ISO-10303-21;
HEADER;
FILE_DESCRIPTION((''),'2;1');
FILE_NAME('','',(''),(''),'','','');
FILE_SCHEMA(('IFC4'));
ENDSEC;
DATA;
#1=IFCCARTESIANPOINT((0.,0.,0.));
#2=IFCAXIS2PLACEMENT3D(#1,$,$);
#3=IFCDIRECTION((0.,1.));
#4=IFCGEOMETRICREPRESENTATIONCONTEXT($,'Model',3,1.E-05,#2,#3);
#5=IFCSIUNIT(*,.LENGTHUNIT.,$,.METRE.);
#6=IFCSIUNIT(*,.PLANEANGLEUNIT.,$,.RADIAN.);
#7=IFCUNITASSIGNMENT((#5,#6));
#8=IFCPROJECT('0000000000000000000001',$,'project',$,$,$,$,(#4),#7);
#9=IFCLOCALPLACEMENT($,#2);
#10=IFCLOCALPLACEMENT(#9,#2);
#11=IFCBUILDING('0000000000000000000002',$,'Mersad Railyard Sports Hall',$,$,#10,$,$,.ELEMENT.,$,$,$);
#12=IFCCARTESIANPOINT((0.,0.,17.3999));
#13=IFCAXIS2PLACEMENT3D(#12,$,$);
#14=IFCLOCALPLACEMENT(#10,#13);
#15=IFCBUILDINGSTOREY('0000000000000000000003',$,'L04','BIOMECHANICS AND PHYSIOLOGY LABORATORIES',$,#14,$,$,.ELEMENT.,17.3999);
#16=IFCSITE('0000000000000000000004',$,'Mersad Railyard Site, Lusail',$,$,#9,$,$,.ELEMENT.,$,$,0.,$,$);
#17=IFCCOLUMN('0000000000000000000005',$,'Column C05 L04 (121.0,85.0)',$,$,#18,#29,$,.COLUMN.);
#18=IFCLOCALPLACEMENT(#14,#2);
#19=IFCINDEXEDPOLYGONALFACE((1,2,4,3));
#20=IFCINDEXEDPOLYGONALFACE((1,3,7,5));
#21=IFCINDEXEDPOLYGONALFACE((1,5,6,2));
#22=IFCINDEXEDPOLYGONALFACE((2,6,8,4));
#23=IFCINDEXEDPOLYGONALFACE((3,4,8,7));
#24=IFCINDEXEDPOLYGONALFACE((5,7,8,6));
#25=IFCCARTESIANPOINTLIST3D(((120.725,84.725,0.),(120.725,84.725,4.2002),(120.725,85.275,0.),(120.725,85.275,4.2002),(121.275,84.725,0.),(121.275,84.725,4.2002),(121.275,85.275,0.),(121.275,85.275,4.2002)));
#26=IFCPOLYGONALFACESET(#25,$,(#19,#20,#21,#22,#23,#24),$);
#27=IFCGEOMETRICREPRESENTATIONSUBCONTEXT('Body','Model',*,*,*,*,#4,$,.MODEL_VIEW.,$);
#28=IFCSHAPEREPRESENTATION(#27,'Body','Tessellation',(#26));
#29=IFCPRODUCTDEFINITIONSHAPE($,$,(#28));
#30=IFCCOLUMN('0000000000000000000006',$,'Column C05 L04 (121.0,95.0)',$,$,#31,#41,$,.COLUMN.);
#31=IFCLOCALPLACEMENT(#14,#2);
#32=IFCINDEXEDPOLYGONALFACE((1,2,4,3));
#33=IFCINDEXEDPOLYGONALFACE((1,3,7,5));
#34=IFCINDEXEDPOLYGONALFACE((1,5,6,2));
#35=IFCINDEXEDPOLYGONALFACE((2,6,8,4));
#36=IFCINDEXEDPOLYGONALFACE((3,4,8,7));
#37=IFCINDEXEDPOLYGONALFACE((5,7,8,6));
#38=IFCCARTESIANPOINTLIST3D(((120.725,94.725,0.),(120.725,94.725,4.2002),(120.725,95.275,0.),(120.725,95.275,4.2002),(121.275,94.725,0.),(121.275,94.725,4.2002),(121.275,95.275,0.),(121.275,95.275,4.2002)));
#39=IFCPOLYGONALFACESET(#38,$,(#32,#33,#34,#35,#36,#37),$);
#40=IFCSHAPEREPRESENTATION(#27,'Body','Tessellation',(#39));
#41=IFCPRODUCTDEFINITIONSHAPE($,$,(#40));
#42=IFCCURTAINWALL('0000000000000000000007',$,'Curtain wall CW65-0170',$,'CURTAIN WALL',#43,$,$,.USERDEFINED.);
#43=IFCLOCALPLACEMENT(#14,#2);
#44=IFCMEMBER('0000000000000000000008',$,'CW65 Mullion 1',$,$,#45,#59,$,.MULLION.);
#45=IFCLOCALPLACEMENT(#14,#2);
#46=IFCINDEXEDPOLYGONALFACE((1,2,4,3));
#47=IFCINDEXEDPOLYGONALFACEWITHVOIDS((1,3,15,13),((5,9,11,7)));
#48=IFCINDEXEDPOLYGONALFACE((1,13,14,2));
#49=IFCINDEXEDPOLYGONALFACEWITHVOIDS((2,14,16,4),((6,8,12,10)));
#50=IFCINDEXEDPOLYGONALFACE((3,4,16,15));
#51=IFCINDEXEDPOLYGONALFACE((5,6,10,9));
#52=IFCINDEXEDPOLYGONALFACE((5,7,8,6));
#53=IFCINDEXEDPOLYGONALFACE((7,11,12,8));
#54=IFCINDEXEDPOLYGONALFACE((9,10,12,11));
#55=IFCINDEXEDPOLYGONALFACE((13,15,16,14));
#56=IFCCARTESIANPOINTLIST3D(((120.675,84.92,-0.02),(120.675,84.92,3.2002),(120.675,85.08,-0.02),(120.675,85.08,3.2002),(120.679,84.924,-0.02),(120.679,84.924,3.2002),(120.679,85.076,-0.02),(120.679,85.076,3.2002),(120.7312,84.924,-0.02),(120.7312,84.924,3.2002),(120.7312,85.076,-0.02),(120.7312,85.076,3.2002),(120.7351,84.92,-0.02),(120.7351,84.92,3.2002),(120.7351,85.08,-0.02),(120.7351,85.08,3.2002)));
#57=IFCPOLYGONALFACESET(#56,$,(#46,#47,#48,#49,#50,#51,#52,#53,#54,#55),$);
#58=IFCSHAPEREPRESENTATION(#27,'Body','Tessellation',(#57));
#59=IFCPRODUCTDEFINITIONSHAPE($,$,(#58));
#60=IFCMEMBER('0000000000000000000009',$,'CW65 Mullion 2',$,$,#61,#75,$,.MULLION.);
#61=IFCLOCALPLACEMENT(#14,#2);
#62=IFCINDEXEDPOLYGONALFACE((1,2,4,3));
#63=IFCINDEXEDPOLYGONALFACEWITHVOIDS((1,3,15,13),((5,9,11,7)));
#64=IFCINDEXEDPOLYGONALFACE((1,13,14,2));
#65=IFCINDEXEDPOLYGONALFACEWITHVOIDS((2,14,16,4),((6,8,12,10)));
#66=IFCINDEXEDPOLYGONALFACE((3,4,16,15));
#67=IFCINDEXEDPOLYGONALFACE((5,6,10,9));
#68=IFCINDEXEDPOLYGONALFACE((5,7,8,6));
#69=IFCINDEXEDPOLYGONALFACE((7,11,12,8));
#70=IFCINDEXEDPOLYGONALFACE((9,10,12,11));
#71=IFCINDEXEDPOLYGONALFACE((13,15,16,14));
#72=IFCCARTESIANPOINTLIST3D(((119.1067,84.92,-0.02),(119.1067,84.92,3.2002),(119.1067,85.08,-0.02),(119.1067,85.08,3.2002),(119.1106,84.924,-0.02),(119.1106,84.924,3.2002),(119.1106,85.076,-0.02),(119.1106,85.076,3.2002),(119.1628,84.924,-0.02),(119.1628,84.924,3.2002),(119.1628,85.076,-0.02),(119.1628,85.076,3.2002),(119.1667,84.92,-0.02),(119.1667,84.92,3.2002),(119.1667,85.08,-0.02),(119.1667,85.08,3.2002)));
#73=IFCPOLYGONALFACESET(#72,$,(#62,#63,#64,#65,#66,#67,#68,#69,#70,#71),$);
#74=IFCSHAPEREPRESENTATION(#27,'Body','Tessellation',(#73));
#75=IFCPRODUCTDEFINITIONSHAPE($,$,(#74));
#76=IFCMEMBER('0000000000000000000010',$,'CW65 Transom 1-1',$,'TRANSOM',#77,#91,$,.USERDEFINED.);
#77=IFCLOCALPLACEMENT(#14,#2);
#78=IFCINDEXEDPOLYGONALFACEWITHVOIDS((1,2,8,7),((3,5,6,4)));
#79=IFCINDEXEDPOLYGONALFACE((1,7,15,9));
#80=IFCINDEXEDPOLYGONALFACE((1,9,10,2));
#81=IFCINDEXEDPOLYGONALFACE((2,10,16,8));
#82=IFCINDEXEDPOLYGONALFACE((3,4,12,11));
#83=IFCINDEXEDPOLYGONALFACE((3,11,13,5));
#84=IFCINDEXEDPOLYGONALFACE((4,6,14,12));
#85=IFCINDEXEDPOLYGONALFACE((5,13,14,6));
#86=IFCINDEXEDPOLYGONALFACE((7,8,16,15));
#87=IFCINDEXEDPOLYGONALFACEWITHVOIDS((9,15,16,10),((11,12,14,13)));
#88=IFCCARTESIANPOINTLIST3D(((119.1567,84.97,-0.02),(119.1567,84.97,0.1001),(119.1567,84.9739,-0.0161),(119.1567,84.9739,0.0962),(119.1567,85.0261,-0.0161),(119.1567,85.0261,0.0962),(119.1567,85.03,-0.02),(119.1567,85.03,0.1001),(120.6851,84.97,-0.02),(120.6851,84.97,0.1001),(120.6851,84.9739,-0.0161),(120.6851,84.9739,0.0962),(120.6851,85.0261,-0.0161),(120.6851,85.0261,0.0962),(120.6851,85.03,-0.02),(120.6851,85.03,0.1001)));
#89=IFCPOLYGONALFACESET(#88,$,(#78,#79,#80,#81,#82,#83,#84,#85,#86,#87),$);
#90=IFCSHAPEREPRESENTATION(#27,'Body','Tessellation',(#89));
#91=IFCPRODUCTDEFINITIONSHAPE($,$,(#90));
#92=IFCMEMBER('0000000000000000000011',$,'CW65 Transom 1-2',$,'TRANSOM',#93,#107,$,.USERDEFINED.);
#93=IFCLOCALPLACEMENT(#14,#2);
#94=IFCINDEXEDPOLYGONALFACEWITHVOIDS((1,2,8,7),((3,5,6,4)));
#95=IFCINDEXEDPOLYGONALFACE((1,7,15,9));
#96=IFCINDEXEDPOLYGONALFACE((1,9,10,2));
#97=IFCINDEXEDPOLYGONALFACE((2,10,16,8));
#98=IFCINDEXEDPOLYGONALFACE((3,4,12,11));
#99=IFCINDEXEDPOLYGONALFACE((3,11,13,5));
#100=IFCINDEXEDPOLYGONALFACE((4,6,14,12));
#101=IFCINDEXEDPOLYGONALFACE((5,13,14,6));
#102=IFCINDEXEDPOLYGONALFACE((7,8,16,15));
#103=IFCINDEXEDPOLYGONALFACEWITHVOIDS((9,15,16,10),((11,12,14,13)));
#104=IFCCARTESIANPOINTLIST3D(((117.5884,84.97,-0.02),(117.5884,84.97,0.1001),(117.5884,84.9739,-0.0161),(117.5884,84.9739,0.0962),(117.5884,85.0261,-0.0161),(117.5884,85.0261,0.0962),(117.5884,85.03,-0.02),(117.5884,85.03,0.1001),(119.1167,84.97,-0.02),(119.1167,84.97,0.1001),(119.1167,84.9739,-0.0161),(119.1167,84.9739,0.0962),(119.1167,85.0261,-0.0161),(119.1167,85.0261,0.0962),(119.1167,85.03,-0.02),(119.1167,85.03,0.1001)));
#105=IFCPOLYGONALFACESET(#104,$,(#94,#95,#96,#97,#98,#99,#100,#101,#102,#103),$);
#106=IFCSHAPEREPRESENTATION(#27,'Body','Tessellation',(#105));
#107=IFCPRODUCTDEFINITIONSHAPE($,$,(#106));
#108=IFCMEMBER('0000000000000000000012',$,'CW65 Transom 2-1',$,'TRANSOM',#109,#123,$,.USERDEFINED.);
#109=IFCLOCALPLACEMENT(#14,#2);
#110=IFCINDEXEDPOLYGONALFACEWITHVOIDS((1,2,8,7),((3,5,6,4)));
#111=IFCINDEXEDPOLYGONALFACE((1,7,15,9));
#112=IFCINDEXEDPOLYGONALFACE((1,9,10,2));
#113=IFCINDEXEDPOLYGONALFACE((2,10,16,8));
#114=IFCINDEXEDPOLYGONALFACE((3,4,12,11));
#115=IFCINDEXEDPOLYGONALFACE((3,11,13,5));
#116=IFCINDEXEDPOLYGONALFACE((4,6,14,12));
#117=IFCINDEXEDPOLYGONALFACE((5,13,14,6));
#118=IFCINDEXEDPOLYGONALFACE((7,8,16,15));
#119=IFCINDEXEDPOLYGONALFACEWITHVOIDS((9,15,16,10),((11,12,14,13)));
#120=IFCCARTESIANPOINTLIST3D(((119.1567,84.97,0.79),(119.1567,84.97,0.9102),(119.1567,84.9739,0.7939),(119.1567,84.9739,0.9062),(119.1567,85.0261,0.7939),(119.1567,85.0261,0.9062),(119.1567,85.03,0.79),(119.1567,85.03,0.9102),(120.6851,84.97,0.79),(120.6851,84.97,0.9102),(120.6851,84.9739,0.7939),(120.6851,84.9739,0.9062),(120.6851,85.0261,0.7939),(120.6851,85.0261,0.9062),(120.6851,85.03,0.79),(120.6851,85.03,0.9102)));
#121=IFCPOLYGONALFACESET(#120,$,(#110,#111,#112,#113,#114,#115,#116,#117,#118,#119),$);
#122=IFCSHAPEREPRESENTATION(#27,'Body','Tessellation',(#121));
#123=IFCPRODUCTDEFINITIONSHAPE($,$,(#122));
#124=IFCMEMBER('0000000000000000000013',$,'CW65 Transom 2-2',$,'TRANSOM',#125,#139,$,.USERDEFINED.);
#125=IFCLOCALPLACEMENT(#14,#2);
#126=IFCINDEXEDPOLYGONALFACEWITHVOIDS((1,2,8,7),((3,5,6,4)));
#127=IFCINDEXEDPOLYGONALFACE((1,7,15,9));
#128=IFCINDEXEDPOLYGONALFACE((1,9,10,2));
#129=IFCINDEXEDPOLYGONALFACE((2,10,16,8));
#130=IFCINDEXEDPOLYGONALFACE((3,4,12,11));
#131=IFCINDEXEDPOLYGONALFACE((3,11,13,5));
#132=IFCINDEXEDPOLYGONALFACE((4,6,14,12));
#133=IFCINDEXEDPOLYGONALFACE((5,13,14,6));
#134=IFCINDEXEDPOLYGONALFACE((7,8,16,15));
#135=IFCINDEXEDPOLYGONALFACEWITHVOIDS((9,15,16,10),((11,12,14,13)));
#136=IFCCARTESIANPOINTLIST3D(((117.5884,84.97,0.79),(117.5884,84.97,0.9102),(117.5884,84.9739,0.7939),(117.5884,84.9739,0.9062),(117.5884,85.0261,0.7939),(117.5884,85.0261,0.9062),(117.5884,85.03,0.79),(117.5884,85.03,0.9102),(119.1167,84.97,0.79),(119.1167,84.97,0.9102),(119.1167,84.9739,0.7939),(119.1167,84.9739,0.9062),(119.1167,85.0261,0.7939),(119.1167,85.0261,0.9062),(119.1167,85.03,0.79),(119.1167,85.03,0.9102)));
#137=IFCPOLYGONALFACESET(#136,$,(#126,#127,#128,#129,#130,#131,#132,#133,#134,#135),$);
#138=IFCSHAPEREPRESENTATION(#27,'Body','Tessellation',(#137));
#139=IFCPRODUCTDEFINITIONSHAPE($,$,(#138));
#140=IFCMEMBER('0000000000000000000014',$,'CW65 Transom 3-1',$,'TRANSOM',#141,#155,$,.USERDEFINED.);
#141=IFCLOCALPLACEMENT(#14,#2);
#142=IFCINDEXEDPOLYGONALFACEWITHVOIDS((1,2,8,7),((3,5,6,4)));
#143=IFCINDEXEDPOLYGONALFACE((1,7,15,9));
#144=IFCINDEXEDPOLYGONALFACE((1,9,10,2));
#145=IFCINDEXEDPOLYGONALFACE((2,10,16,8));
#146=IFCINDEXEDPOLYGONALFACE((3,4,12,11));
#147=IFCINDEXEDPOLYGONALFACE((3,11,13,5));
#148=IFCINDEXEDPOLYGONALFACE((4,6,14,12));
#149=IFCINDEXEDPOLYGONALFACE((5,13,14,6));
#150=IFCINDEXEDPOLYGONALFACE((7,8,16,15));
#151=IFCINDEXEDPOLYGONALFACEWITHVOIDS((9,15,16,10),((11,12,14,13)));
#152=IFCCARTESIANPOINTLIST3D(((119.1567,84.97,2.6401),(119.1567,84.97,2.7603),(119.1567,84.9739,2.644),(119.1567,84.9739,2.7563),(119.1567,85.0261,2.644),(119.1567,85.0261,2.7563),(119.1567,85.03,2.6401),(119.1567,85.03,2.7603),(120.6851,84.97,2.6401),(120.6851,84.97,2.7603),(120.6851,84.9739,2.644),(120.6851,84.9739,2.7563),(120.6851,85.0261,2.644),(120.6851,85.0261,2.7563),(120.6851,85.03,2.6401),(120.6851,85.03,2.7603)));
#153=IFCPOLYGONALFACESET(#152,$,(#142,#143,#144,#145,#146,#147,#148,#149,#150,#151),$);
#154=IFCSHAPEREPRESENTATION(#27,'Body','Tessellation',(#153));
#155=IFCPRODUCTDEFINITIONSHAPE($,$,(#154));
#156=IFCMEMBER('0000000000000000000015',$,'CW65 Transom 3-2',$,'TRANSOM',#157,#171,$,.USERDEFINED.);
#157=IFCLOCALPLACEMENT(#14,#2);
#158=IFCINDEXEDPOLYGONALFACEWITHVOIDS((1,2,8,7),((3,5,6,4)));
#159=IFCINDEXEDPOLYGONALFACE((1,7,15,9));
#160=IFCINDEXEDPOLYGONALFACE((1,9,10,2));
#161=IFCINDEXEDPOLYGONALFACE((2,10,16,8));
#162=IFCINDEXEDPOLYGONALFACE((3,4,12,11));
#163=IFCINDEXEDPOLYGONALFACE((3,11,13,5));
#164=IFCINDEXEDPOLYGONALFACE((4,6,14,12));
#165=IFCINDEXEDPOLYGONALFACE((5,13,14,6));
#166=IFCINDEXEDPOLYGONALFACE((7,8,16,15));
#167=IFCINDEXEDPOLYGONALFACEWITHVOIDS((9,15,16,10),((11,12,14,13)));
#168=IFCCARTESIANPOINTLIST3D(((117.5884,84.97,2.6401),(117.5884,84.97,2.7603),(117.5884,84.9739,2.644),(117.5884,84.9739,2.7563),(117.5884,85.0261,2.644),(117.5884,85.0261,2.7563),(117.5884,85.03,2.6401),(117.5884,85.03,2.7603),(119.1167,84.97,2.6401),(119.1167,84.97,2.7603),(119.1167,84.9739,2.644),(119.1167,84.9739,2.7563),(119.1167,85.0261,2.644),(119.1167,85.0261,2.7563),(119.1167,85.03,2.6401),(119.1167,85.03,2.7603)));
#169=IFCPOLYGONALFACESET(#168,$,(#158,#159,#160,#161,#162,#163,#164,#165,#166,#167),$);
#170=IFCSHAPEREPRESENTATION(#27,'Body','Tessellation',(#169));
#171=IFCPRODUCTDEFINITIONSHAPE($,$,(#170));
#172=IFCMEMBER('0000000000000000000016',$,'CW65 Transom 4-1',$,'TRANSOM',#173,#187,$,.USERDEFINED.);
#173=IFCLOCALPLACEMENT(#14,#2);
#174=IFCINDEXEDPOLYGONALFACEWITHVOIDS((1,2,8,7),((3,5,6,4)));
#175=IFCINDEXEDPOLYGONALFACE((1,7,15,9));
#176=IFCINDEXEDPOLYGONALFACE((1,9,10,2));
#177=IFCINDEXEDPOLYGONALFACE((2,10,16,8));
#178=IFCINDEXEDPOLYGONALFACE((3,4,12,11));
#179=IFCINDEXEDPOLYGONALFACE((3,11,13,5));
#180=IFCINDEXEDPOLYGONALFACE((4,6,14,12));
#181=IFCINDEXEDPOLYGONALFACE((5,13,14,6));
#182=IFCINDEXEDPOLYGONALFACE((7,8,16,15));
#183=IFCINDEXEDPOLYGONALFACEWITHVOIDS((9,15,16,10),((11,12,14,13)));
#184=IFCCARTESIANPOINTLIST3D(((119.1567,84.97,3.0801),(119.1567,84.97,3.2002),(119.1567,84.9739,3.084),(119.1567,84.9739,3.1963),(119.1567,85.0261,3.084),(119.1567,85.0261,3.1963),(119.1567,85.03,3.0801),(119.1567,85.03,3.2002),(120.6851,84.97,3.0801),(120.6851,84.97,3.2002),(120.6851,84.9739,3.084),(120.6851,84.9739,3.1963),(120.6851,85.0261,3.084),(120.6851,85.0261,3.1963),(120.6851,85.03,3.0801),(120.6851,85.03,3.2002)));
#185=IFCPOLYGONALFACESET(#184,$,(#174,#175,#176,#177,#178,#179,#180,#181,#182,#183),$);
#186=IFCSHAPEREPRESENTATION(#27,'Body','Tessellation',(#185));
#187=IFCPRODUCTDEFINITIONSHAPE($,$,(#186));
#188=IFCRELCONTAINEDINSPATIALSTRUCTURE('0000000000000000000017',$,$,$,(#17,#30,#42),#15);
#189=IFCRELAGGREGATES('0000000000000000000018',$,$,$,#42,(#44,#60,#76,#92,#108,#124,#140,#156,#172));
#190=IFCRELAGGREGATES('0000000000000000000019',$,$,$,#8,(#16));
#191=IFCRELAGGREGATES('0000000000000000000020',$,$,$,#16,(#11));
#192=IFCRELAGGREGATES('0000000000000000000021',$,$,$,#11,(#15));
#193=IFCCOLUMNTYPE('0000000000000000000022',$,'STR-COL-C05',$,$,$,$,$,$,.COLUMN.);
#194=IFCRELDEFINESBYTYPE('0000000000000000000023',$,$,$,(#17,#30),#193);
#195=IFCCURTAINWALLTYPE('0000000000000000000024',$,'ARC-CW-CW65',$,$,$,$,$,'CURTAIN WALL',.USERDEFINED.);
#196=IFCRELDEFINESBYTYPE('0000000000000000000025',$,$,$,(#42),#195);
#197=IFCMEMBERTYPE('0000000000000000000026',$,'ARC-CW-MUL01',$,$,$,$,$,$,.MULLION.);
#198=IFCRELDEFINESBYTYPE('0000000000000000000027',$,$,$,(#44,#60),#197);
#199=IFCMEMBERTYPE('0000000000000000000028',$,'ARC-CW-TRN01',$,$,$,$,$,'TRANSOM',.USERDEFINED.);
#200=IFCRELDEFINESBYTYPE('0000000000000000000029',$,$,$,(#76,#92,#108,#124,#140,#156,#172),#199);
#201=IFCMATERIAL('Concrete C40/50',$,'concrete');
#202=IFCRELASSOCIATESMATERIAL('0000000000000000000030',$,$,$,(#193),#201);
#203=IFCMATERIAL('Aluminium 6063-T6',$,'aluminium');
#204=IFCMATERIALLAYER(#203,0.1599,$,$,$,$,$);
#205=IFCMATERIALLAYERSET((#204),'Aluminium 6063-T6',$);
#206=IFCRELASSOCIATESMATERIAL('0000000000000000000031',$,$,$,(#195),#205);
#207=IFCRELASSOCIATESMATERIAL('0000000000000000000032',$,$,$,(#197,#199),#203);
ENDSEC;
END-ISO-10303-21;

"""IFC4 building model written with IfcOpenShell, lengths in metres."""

from ifc_helpers import new_model, si_unit, direction, frame, origin, origin_2d, place, context, subcontext, project, spatial, rectangle, hollow_rectangle, extrude, material, layer, layer_set, material_profile, profile_set, type_object, element, aggregate, save


model = new_model("IFC4")

# Units and contexts
model_context = context("Model", 3, precision=1e-05, world=origin(), true_north=direction((0.0, 1.0)))
body_context = subcontext(model_context, "Body", "Model", "MODEL_VIEW")
ifc_project = project(units=[si_unit("LENGTHUNIT", "METRE"), si_unit("PLANEANGLEUNIT", "RADIAN")], contexts=[model_context])

# Site, building, storey
site_placement = place(None, origin())
site = spatial("IfcSite", under=ifc_project, at=site_placement, Name="Mersad Railyard Site, Lusail", CompositionType="ELEMENT", RefElevation=0.0)
building_placement = place(site_placement, origin())
building = spatial("IfcBuilding", under=site, at=building_placement, Name="Mersad Railyard Sports Hall", CompositionType="ELEMENT")
storey_placement = place(building_placement, frame((0.0, 0.0, 17.3999)))
storey = spatial("IfcBuildingStorey", under=building, at=storey_placement, Name="L04", Description="BIOMECHANICS AND PHYSIOLOGY LABORATORIES", CompositionType="ELEMENT", Elevation=17.3999)

# Columns
ifc_material_1 = material(Name="Concrete C40/50", Category="concrete")
ifc_material_profile_1 = material_profile(ifc_material_1, rectangle(XDim=0.55, YDim=0.55, at=origin_2d()), Name="RC 550x550")
ifc_profile_set_1 = profile_set([ifc_material_profile_1], Name="Concrete C40/50")
column_type = type_object("IfcColumnType", Name="STR-COL-C05", PredefinedType="COLUMN", material=ifc_profile_set_1)
for number, where, z_axis, x_axis, name in (
    (1, (121.0, 85.0, 0.0), (0.0, 0.0, 1.0), (1.0, 0.0, 0.0), "Column C05 L04 (121.0,85.0)"),
    (2, (121.0, 95.0, 0.0), (0.0, 0.0, 1.0), (1.0, 0.0, 0.0), "Column C05 L04 (121.0,95.0)"),
):
    element("IfcColumn", number, at=place(storey_placement, frame(where, z_axis=z_axis, x_axis=x_axis)), inside=storey, type_object=column_type, Name=name, PredefinedType="COLUMN", context=body_context, shape_type="SweptSolid", body=[
        extrude(rectangle(XDim=0.55, YDim=0.55, at=origin_2d()), origin(), (0.0, 0.0, 1.0), 4.2002),
    ])

# Curtain wall, members
ifc_material_2 = material(Name="Aluminium 6063-T6", Category="aluminium")
ifc_layer_1 = layer(ifc_material_2, 0.1599)
ifc_layer_set_1 = layer_set([ifc_layer_1], Name="Aluminium 6063-T6")
curtain_wall_type = type_object("IfcCurtainWallType", Name="ARC-CW-CW65", ElementType="CURTAIN WALL", PredefinedType="USERDEFINED", material=ifc_layer_set_1)
curtain_wall_placement = place(storey_placement, origin())
curtain_wall = element("IfcCurtainWall", 3, at=curtain_wall_placement, inside=storey, type_object=curtain_wall_type, Name="Curtain wall CW65-0170", ObjectType="CURTAIN WALL", PredefinedType="USERDEFINED")
ifc_material_profile_2 = material_profile(ifc_material_2, hollow_rectangle(XDim=0.0601, YDim=0.1599, WallThickness=0.0039, at=origin_2d()), Name="AL MULLION 60x160x4")
ifc_profile_set_2 = profile_set([ifc_material_profile_2], Name="Aluminium 6063-T6")
member_type_1 = type_object("IfcMemberType", Name="ARC-CW-MUL01", PredefinedType="MULLION", material=ifc_profile_set_2)
member_1_placement = place(storey_placement, frame((120.7051, 85.0, -0.02), z_axis=(0.0, 0.0, 1.0), x_axis=(1.0, 0.0, 0.0)))
member_1 = element("IfcMember", 4, at=member_1_placement, type_object=member_type_1, Name="CW65 Mullion 1", PredefinedType="MULLION", context=body_context, shape_type="SweptSolid", body=[
    extrude(hollow_rectangle(XDim=0.0601, YDim=0.1599, WallThickness=0.0039, at=origin_2d()), origin(), (0.0, 0.0, 1.0), 3.2202),
])
member_2_placement = place(storey_placement, frame((119.1367, 85.0, -0.02), z_axis=(0.0, 0.0, 1.0), x_axis=(1.0, 0.0, 0.0)))
member_2 = element("IfcMember", 5, at=member_2_placement, type_object=member_type_1, Name="CW65 Mullion 2", PredefinedType="MULLION", context=body_context, shape_type="SweptSolid", body=[
    extrude(hollow_rectangle(XDim=0.0601, YDim=0.1599, WallThickness=0.0039, at=origin_2d()), origin(), (0.0, 0.0, 1.0), 3.2202),
])
ifc_material_profile_3 = material_profile(ifc_material_2, hollow_rectangle(XDim=0.0601, YDim=0.1201, WallThickness=0.0039, at=origin_2d()), Name="AL TRANSOM 60x120x4")
ifc_profile_set_3 = profile_set([ifc_material_profile_3], Name="Aluminium 6063-T6")
member_type_2 = type_object("IfcMemberType", Name="ARC-CW-TRN01", ElementType="TRANSOM", PredefinedType="USERDEFINED", material=ifc_profile_set_3)
member_3_placement = place(storey_placement, frame((120.6851, 85.0, 0.04), z_axis=(-1.0, 0.0, 0.0), x_axis=(0.0, -1.0, 0.0)))
member_3 = element("IfcMember", 6, at=member_3_placement, type_object=member_type_2, Name="CW65 Transom 1-1", ObjectType="TRANSOM", PredefinedType="USERDEFINED", context=body_context, shape_type="SweptSolid", body=[
    extrude(hollow_rectangle(XDim=0.0601, YDim=0.1201, WallThickness=0.0039, at=origin_2d()), origin(), (0.0, 0.0, 1.0), 1.5283),
])
member_4_placement = place(storey_placement, frame((119.1167, 85.0, 0.04), z_axis=(-1.0, 0.0, 0.0), x_axis=(0.0, -1.0, 0.0)))
member_4 = element("IfcMember", 7, at=member_4_placement, type_object=member_type_2, Name="CW65 Transom 1-2", ObjectType="TRANSOM", PredefinedType="USERDEFINED", context=body_context, shape_type="SweptSolid", body=[
    extrude(hollow_rectangle(XDim=0.0601, YDim=0.1201, WallThickness=0.0039, at=origin_2d()), origin(), (0.0, 0.0, 1.0), 1.5283),
])
member_5_placement = place(storey_placement, frame((120.6851, 85.0, 0.8501), z_axis=(-1.0, 0.0, 0.0), x_axis=(0.0, -1.0, 0.0)))
member_5 = element("IfcMember", 8, at=member_5_placement, type_object=member_type_2, Name="CW65 Transom 2-1", ObjectType="TRANSOM", PredefinedType="USERDEFINED", context=body_context, shape_type="SweptSolid", body=[
    extrude(hollow_rectangle(XDim=0.0601, YDim=0.1201, WallThickness=0.0039, at=origin_2d()), origin(), (0.0, 0.0, 1.0), 1.5283),
])
member_6_placement = place(storey_placement, frame((119.1167, 85.0, 0.8501), z_axis=(-1.0, 0.0, 0.0), x_axis=(0.0, -1.0, 0.0)))
member_6 = element("IfcMember", 9, at=member_6_placement, type_object=member_type_2, Name="CW65 Transom 2-2", ObjectType="TRANSOM", PredefinedType="USERDEFINED", context=body_context, shape_type="SweptSolid", body=[
    extrude(hollow_rectangle(XDim=0.0601, YDim=0.1201, WallThickness=0.0039, at=origin_2d()), origin(), (0.0, 0.0, 1.0), 1.5283),
])
member_7_placement = place(storey_placement, frame((120.6851, 85.0, 2.7002), z_axis=(-1.0, 0.0, 0.0), x_axis=(0.0, -1.0, 0.0)))
member_7 = element("IfcMember", 10, at=member_7_placement, type_object=member_type_2, Name="CW65 Transom 3-1", ObjectType="TRANSOM", PredefinedType="USERDEFINED", context=body_context, shape_type="SweptSolid", body=[
    extrude(hollow_rectangle(XDim=0.0601, YDim=0.1201, WallThickness=0.0039, at=origin_2d()), origin(), (0.0, 0.0, 1.0), 1.5283),
])
member_8_placement = place(storey_placement, frame((119.1167, 85.0, 2.7002), z_axis=(-1.0, 0.0, 0.0), x_axis=(0.0, -1.0, 0.0)))
member_8 = element("IfcMember", 11, at=member_8_placement, type_object=member_type_2, Name="CW65 Transom 3-2", ObjectType="TRANSOM", PredefinedType="USERDEFINED", context=body_context, shape_type="SweptSolid", body=[
    extrude(hollow_rectangle(XDim=0.0601, YDim=0.1201, WallThickness=0.0039, at=origin_2d()), origin(), (0.0, 0.0, 1.0), 1.5283),
])
member_9_placement = place(storey_placement, frame((120.6851, 85.0, 3.1401), z_axis=(-1.0, 0.0, 0.0), x_axis=(0.0, -1.0, 0.0)))
member_9 = element("IfcMember", 12, at=member_9_placement, type_object=member_type_2, Name="CW65 Transom 4-1", ObjectType="TRANSOM", PredefinedType="USERDEFINED", context=body_context, shape_type="SweptSolid", body=[
    extrude(hollow_rectangle(XDim=0.0601, YDim=0.1201, WallThickness=0.0039, at=origin_2d()), origin(), (0.0, 0.0, 1.0), 1.5283),
])

aggregate(curtain_wall, [member_1, member_2, member_3, member_4, member_5, member_6, member_7, member_8, member_9])

save(model, "model.ifc")
